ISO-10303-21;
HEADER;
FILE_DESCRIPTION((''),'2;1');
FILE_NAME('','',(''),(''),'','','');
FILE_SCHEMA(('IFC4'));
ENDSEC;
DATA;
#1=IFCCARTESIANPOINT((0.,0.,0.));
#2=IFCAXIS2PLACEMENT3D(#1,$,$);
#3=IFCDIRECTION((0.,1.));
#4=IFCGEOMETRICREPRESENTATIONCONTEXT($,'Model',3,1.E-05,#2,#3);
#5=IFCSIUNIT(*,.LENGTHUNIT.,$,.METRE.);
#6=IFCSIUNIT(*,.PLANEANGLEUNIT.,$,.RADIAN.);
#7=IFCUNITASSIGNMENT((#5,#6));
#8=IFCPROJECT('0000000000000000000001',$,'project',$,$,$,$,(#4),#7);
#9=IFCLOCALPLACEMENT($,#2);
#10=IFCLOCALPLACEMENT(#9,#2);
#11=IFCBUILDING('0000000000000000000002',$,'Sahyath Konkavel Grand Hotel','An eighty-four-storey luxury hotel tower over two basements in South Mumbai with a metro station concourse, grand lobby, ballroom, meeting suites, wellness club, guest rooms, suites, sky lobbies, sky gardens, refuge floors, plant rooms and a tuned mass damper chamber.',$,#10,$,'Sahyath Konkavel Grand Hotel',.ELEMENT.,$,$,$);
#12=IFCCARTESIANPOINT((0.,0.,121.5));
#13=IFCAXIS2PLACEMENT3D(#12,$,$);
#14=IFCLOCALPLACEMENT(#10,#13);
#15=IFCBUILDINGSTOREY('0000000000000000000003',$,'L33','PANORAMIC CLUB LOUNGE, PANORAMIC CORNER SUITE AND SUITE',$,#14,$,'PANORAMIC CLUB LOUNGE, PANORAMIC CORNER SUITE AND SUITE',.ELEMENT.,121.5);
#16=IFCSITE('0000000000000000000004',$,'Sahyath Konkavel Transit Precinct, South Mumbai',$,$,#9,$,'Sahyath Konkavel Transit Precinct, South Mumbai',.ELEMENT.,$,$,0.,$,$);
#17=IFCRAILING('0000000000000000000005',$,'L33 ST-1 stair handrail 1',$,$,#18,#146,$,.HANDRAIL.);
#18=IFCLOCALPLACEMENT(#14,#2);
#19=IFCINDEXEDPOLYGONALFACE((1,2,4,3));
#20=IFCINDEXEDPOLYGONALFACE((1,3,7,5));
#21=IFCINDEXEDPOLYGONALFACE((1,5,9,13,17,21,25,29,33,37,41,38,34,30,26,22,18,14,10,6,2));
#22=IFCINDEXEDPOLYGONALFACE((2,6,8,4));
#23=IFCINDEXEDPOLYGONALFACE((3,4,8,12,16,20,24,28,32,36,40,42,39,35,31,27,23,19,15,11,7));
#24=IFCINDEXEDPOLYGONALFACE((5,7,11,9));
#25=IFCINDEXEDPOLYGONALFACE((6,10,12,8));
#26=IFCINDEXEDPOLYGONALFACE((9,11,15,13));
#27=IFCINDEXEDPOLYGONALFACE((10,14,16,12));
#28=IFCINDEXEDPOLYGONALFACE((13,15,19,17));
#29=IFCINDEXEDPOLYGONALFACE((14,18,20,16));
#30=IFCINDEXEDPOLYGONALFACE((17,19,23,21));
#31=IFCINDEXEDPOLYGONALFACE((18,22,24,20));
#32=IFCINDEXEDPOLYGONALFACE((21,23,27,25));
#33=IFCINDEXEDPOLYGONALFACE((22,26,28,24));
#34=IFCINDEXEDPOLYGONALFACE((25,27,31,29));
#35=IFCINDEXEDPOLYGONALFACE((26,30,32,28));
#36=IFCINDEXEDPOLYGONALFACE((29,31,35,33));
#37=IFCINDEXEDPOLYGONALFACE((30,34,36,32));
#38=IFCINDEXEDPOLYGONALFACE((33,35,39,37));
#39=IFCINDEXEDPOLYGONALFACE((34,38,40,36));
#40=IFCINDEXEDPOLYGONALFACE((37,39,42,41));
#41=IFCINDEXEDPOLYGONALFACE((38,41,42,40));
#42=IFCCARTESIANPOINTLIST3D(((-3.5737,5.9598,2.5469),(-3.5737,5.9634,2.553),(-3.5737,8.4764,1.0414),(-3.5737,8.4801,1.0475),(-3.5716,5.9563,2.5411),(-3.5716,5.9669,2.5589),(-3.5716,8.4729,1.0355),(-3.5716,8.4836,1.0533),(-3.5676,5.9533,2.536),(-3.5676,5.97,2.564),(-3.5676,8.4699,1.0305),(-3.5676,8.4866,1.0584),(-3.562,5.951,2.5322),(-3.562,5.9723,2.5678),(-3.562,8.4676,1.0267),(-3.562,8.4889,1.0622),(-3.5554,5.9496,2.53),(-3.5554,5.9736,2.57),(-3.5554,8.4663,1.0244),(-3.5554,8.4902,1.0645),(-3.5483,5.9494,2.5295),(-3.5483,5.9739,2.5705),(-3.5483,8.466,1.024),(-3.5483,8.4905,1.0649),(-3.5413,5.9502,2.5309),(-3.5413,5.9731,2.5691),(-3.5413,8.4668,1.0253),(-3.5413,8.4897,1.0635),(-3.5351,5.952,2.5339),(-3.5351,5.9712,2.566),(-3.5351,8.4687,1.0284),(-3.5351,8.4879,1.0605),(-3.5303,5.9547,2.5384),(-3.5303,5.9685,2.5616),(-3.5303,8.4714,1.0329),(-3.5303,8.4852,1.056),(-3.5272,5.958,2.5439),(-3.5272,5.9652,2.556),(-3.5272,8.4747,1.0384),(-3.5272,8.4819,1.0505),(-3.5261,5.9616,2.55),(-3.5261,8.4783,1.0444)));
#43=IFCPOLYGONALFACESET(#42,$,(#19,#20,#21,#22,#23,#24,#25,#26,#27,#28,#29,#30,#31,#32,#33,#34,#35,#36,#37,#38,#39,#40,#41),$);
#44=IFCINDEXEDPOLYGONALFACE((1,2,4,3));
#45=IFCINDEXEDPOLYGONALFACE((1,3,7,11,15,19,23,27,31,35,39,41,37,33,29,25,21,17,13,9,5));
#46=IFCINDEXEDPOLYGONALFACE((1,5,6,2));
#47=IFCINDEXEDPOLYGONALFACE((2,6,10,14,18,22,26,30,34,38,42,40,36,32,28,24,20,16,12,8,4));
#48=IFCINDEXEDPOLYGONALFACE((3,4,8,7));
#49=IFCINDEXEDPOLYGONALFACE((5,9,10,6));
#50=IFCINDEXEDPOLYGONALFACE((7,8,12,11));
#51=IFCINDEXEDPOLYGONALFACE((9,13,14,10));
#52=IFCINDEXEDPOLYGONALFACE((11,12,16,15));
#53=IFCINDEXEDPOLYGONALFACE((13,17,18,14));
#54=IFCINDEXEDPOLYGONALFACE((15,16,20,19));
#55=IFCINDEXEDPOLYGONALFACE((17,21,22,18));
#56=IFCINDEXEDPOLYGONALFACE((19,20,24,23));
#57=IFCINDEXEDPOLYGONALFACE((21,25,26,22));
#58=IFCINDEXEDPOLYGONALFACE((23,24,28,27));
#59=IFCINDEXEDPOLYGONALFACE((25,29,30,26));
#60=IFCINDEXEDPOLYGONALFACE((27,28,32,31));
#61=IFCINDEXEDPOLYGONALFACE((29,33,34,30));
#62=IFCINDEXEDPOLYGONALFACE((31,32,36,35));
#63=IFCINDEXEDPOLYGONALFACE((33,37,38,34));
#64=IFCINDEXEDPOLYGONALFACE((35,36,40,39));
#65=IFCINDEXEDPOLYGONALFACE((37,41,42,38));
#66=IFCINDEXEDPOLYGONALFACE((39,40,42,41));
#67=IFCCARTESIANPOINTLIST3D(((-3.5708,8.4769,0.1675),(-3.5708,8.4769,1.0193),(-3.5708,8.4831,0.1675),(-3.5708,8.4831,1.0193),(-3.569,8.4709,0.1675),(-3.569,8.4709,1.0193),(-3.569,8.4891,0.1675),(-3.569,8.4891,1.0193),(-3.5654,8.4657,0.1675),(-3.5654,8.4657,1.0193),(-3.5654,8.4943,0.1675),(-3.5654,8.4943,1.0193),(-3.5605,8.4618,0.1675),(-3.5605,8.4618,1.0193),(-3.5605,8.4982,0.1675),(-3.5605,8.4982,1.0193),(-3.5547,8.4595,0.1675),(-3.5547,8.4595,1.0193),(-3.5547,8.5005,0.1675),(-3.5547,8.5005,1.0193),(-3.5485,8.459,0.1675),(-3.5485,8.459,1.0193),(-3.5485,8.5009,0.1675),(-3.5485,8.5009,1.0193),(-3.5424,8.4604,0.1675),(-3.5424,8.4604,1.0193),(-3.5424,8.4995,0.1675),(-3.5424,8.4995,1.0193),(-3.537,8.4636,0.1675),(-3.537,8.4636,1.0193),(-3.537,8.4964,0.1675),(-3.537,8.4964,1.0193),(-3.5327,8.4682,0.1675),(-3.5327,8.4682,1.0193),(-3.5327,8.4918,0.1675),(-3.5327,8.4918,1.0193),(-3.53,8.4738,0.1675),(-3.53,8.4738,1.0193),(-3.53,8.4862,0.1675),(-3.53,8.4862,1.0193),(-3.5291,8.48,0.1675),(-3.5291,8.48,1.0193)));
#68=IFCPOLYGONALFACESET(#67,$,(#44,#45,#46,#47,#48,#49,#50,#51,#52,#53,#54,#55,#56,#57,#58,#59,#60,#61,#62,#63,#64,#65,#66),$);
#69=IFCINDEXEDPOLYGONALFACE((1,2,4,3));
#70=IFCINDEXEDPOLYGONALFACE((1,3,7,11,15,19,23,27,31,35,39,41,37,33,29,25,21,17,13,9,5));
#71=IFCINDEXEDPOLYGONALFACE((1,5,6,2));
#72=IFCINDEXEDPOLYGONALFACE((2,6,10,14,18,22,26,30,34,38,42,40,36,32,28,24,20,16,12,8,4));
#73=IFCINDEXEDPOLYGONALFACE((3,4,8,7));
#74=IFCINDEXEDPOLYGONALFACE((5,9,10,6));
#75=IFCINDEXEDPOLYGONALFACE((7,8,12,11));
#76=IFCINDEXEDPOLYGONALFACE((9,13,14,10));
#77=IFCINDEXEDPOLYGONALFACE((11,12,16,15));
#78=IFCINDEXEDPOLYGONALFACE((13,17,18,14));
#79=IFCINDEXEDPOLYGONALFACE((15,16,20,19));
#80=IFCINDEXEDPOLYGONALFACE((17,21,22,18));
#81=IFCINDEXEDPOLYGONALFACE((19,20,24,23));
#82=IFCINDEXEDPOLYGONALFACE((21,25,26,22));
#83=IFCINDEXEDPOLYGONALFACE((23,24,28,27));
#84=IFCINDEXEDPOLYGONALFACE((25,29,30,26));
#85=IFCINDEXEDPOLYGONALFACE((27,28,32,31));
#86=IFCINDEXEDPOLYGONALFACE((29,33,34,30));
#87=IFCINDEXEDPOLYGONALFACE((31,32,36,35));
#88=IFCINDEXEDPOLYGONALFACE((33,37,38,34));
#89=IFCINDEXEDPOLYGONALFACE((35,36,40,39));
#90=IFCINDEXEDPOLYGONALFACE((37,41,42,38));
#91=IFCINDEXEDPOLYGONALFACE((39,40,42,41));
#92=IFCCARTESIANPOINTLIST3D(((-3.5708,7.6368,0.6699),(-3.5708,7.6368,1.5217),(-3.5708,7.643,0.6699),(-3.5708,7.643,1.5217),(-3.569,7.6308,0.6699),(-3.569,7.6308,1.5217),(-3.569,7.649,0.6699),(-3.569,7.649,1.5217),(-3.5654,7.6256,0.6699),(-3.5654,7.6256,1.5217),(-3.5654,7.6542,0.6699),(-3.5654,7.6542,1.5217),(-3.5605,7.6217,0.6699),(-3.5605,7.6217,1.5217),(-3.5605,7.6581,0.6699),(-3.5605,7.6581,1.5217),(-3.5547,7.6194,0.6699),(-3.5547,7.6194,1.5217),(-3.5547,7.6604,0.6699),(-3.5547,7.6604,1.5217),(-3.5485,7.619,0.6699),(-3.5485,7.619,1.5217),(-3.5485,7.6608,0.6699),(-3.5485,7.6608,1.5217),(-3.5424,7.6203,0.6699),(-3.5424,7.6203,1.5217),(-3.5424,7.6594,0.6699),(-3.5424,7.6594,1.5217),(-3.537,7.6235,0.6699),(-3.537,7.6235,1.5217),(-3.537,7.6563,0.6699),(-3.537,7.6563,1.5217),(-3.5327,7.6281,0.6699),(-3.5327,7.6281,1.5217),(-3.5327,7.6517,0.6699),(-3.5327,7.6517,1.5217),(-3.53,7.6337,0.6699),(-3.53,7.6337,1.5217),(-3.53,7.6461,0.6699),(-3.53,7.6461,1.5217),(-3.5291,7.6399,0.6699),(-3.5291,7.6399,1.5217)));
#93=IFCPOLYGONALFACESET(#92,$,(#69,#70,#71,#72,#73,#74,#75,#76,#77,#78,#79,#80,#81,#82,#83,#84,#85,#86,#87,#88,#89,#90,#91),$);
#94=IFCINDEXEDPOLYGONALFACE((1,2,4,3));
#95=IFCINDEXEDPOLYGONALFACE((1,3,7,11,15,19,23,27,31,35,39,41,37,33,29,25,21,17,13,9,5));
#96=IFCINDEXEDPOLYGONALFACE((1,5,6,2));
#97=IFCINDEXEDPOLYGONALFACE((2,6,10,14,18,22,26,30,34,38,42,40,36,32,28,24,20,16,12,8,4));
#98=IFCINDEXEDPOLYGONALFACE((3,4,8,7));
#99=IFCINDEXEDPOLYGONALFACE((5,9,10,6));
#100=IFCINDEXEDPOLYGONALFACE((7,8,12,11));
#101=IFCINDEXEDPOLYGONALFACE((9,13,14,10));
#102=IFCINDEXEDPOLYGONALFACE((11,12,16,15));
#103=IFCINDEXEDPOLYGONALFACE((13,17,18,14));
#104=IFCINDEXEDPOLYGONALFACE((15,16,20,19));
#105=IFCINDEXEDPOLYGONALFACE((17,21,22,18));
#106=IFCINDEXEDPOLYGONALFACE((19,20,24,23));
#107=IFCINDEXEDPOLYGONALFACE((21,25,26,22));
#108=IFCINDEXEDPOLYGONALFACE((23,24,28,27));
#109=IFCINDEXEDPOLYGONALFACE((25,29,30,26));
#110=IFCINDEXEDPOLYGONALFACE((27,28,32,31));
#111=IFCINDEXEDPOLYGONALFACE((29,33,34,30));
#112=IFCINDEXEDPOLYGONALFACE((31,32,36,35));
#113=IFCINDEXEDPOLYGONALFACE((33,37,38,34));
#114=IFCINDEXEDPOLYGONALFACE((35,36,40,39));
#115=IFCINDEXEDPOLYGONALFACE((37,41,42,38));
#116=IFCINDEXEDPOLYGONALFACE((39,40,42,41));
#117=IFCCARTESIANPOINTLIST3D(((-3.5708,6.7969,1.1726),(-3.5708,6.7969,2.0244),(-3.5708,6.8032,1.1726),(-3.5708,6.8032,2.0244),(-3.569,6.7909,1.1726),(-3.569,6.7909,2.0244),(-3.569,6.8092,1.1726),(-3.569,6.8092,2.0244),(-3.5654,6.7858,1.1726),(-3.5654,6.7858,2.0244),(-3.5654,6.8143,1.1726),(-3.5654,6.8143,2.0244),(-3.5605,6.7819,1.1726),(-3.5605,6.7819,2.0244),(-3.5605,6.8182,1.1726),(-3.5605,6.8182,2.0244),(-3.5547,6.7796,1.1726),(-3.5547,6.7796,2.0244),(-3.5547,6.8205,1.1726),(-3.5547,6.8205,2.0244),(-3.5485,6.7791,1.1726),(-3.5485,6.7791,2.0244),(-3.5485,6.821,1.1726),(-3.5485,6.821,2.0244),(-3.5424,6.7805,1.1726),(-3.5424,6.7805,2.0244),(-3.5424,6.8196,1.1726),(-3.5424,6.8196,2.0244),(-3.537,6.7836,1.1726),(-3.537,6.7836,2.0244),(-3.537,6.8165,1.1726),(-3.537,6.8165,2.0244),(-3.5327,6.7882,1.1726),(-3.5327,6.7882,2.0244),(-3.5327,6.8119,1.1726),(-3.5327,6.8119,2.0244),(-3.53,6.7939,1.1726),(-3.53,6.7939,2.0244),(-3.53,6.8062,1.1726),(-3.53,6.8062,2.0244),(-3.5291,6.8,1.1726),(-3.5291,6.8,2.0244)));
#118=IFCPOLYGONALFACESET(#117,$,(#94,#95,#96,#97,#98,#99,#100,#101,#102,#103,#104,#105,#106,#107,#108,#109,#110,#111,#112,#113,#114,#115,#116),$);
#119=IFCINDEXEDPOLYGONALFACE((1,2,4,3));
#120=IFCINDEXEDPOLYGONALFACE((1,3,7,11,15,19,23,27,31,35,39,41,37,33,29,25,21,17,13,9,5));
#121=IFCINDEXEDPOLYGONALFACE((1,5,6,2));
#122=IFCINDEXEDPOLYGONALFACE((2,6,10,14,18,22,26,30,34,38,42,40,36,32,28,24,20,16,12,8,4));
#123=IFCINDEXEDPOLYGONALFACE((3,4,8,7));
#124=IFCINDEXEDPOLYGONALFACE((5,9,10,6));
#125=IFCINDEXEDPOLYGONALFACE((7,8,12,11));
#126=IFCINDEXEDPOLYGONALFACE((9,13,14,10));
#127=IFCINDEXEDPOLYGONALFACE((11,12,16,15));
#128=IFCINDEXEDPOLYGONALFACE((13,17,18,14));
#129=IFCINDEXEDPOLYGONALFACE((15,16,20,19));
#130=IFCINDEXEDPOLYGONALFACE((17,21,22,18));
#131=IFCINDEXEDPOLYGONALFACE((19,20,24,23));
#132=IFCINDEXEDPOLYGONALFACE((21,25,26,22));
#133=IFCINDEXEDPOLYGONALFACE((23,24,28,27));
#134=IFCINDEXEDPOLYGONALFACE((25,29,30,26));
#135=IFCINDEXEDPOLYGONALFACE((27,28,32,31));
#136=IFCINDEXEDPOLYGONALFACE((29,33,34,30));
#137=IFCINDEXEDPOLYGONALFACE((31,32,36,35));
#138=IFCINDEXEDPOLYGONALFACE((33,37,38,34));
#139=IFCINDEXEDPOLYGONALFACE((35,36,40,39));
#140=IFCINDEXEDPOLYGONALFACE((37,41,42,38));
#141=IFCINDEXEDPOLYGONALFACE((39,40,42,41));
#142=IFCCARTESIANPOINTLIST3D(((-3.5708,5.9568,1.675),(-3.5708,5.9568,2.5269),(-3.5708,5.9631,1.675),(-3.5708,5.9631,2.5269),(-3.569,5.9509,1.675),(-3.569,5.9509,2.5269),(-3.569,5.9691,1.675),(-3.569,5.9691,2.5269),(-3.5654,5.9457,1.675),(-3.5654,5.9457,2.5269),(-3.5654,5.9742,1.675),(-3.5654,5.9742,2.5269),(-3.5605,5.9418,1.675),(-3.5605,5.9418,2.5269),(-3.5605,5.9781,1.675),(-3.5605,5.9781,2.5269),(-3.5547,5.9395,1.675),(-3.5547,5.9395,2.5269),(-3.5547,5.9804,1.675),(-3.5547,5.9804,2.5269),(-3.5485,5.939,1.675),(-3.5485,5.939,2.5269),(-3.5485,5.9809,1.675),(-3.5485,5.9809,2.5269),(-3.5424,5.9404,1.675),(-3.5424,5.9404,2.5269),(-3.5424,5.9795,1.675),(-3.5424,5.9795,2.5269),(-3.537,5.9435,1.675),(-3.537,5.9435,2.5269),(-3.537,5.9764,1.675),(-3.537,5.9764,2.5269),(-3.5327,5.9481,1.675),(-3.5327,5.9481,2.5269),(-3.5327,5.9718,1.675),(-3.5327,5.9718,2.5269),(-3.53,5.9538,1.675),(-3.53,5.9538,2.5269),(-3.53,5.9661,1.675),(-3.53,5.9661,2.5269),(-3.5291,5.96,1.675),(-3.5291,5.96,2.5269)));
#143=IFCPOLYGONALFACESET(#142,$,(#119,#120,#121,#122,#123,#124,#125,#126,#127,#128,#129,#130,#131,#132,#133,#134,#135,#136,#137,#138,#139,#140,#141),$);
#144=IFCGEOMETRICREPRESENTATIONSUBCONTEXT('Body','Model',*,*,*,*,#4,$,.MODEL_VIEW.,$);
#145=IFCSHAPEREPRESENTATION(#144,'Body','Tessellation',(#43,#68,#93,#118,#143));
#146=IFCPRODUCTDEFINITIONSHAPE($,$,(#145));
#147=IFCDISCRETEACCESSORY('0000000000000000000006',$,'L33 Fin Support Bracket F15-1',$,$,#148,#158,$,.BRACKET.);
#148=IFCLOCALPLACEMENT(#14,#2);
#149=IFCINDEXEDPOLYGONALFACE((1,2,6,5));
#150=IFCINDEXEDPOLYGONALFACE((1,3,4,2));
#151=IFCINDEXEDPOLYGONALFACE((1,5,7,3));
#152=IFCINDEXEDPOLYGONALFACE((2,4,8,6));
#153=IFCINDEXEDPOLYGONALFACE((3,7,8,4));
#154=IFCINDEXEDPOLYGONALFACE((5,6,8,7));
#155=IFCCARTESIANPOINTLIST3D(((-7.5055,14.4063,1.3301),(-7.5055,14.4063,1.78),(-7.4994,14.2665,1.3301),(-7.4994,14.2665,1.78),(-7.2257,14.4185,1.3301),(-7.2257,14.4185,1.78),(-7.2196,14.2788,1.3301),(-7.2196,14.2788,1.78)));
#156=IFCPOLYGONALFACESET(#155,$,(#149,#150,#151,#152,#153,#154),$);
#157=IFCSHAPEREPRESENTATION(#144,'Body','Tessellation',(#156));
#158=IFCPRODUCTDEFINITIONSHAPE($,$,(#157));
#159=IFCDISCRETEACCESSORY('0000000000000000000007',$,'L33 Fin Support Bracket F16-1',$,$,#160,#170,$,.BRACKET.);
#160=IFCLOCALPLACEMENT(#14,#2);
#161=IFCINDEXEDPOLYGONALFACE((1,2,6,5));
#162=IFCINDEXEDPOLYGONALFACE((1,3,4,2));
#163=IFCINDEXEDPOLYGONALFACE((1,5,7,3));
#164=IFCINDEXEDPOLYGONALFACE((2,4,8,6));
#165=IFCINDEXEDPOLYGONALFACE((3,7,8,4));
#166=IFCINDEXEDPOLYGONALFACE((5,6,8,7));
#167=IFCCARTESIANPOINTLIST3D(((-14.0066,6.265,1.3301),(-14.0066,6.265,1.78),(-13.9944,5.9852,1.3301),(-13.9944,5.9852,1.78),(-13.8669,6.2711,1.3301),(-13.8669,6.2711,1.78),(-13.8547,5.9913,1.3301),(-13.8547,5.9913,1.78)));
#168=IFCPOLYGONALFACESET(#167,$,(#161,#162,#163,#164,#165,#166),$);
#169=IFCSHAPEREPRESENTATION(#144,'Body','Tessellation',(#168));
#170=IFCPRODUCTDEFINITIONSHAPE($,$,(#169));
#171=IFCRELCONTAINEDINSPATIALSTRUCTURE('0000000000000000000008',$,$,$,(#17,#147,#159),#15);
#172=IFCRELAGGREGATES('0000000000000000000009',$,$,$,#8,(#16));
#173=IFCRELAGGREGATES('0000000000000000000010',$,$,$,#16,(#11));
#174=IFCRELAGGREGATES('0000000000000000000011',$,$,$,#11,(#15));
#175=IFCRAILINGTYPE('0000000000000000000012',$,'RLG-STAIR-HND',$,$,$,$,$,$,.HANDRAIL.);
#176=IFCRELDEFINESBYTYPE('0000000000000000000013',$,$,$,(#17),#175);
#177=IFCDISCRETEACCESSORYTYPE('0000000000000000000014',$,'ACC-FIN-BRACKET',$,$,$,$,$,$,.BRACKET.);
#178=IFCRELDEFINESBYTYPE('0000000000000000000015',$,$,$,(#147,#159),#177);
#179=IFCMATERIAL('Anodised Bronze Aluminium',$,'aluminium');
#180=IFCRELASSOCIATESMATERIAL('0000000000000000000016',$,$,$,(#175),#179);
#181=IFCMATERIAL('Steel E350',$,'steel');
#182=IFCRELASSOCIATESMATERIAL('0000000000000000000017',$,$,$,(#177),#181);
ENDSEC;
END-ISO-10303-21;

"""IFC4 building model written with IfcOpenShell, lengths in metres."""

from ifc_helpers import new_model, si_unit, direction, frame, origin, origin_2d, place, context, subcontext, project, spatial, rectangle, circle, extrude, source, transform, mapped, material, type_object, element, save


model = new_model("IFC4")

# Units and contexts
model_context = context("Model", 3, precision=1e-05, world=origin(), true_north=direction((0.0, 1.0)))
body_context = subcontext(model_context, "Body", "Model", "MODEL_VIEW")
ifc_project = project(units=[si_unit("LENGTHUNIT", "METRE"), si_unit("PLANEANGLEUNIT", "RADIAN")], contexts=[model_context])

# Site, building, storey
site_placement = place(None, origin())
site = spatial("IfcSite", under=ifc_project, at=site_placement, Name="Sahyath Konkavel Transit Precinct, South Mumbai", LongName="Sahyath Konkavel Transit Precinct, South Mumbai", CompositionType="ELEMENT", RefElevation=0.0)
building_placement = place(site_placement, origin())
building = spatial("IfcBuilding", under=site, at=building_placement, Name="Sahyath Konkavel Grand Hotel", Description="An eighty-four-storey luxury hotel tower over two basements in South Mumbai with a metro station concourse, grand lobby, ballroom, meeting suites, wellness club, guest rooms, suites, sky lobbies, sky gardens, refuge floors, plant rooms and a tuned mass damper chamber.", LongName="Sahyath Konkavel Grand Hotel", CompositionType="ELEMENT")
storey_placement = place(building_placement, frame((0.0, 0.0, 121.5)))
storey = spatial("IfcBuildingStorey", under=building, at=storey_placement, Name="L33", Description="PANORAMIC CLUB LOUNGE, PANORAMIC CORNER SUITE AND SUITE", LongName="PANORAMIC CLUB LOUNGE, PANORAMIC CORNER SUITE AND SUITE", CompositionType="ELEMENT", Elevation=121.5)

# Shared definitions
ifc_material_1 = material(Name="Steel E350", Category="steel")

# Shared definitions
ifc_material_2 = material(Name="Anodised Bronze Aluminium", Category="aluminium")

# Railing
railing_type_1 = type_object("IfcRailingType", Name="RLG-STAIR-HND", PredefinedType="HANDRAIL", material=ifc_material_2)
railing_1_placement = place(storey_placement, frame((-3.55, 8.48, 0.1675)))
element("IfcRailing", 1, at=railing_1_placement, inside=storey, type_object=railing_type_1, Name="L33 ST-1 stair handrail 1", PredefinedType="HANDRAIL", context=body_context, shape_type="SweptSolid", body=[
    extrude(circle(Radius=0.0239, at=origin_2d()), frame((0.0, -0.0017, 0.877), z_axis=(0.0, -0.85816, 0.513383), x_axis=(1.0, 0.0, 0.0)), (0.0, 0.0, 1.0), 2.9326),
    extrude(circle(Radius=0.021, at=origin_2d()), origin(), (0.0, 0.0, 1.0), 0.8518),
    extrude(circle(Radius=0.021, at=origin_2d()), frame((0.0, -0.8401, 0.5024)), (0.0, 0.0, 1.0), 0.8518),
    extrude(circle(Radius=0.021, at=origin_2d()), frame((0.0, -1.6799, 1.0051)), (0.0, 0.0, 1.0), 0.8518),
    extrude(circle(Radius=0.021, at=origin_2d()), frame((0.0, -2.52, 1.5076)), (0.0, 0.0, 1.0), 0.8518),
])

# Discrete accessories
discrete_accessory_type = type_object("IfcDiscreteAccessoryType", Name="ACC-FIN-BRACKET", PredefinedType="BRACKET", material=ifc_material_1)
shared_shape_1 = source(origin(), body_context, "Body", "SweptSolid", [
    extrude(rectangle(XDim=0.28, YDim=0.1399, at=origin_2d()), origin(), (0.0, 0.0, 1.0), 0.45),
])
for number, where, z_axis, x_axis, name in (
    (2, (-7.3625, 14.3425, 1.3301), (0.0, 0.0, 1.0), (-0.999048, -0.043619, 0.0), "L33 Fin Support Bracket F15-1"),
    (3, (-13.9307, 6.1282, 1.3301), (0.0, 0.0, 1.0), (-0.043602, 0.999049, 0.0), "L33 Fin Support Bracket F16-1"),
):
    element("IfcDiscreteAccessory", number, at=place(storey_placement, frame(where, z_axis=z_axis, x_axis=x_axis)), inside=storey, type_object=discrete_accessory_type, Name=name, PredefinedType="BRACKET", context=body_context, shape_type="MappedRepresentation", body=[
        mapped(shared_shape_1, transform((0.0, 0.0, 0.0), scale=1.0)),
    ])

save(model, "model.ifc")
